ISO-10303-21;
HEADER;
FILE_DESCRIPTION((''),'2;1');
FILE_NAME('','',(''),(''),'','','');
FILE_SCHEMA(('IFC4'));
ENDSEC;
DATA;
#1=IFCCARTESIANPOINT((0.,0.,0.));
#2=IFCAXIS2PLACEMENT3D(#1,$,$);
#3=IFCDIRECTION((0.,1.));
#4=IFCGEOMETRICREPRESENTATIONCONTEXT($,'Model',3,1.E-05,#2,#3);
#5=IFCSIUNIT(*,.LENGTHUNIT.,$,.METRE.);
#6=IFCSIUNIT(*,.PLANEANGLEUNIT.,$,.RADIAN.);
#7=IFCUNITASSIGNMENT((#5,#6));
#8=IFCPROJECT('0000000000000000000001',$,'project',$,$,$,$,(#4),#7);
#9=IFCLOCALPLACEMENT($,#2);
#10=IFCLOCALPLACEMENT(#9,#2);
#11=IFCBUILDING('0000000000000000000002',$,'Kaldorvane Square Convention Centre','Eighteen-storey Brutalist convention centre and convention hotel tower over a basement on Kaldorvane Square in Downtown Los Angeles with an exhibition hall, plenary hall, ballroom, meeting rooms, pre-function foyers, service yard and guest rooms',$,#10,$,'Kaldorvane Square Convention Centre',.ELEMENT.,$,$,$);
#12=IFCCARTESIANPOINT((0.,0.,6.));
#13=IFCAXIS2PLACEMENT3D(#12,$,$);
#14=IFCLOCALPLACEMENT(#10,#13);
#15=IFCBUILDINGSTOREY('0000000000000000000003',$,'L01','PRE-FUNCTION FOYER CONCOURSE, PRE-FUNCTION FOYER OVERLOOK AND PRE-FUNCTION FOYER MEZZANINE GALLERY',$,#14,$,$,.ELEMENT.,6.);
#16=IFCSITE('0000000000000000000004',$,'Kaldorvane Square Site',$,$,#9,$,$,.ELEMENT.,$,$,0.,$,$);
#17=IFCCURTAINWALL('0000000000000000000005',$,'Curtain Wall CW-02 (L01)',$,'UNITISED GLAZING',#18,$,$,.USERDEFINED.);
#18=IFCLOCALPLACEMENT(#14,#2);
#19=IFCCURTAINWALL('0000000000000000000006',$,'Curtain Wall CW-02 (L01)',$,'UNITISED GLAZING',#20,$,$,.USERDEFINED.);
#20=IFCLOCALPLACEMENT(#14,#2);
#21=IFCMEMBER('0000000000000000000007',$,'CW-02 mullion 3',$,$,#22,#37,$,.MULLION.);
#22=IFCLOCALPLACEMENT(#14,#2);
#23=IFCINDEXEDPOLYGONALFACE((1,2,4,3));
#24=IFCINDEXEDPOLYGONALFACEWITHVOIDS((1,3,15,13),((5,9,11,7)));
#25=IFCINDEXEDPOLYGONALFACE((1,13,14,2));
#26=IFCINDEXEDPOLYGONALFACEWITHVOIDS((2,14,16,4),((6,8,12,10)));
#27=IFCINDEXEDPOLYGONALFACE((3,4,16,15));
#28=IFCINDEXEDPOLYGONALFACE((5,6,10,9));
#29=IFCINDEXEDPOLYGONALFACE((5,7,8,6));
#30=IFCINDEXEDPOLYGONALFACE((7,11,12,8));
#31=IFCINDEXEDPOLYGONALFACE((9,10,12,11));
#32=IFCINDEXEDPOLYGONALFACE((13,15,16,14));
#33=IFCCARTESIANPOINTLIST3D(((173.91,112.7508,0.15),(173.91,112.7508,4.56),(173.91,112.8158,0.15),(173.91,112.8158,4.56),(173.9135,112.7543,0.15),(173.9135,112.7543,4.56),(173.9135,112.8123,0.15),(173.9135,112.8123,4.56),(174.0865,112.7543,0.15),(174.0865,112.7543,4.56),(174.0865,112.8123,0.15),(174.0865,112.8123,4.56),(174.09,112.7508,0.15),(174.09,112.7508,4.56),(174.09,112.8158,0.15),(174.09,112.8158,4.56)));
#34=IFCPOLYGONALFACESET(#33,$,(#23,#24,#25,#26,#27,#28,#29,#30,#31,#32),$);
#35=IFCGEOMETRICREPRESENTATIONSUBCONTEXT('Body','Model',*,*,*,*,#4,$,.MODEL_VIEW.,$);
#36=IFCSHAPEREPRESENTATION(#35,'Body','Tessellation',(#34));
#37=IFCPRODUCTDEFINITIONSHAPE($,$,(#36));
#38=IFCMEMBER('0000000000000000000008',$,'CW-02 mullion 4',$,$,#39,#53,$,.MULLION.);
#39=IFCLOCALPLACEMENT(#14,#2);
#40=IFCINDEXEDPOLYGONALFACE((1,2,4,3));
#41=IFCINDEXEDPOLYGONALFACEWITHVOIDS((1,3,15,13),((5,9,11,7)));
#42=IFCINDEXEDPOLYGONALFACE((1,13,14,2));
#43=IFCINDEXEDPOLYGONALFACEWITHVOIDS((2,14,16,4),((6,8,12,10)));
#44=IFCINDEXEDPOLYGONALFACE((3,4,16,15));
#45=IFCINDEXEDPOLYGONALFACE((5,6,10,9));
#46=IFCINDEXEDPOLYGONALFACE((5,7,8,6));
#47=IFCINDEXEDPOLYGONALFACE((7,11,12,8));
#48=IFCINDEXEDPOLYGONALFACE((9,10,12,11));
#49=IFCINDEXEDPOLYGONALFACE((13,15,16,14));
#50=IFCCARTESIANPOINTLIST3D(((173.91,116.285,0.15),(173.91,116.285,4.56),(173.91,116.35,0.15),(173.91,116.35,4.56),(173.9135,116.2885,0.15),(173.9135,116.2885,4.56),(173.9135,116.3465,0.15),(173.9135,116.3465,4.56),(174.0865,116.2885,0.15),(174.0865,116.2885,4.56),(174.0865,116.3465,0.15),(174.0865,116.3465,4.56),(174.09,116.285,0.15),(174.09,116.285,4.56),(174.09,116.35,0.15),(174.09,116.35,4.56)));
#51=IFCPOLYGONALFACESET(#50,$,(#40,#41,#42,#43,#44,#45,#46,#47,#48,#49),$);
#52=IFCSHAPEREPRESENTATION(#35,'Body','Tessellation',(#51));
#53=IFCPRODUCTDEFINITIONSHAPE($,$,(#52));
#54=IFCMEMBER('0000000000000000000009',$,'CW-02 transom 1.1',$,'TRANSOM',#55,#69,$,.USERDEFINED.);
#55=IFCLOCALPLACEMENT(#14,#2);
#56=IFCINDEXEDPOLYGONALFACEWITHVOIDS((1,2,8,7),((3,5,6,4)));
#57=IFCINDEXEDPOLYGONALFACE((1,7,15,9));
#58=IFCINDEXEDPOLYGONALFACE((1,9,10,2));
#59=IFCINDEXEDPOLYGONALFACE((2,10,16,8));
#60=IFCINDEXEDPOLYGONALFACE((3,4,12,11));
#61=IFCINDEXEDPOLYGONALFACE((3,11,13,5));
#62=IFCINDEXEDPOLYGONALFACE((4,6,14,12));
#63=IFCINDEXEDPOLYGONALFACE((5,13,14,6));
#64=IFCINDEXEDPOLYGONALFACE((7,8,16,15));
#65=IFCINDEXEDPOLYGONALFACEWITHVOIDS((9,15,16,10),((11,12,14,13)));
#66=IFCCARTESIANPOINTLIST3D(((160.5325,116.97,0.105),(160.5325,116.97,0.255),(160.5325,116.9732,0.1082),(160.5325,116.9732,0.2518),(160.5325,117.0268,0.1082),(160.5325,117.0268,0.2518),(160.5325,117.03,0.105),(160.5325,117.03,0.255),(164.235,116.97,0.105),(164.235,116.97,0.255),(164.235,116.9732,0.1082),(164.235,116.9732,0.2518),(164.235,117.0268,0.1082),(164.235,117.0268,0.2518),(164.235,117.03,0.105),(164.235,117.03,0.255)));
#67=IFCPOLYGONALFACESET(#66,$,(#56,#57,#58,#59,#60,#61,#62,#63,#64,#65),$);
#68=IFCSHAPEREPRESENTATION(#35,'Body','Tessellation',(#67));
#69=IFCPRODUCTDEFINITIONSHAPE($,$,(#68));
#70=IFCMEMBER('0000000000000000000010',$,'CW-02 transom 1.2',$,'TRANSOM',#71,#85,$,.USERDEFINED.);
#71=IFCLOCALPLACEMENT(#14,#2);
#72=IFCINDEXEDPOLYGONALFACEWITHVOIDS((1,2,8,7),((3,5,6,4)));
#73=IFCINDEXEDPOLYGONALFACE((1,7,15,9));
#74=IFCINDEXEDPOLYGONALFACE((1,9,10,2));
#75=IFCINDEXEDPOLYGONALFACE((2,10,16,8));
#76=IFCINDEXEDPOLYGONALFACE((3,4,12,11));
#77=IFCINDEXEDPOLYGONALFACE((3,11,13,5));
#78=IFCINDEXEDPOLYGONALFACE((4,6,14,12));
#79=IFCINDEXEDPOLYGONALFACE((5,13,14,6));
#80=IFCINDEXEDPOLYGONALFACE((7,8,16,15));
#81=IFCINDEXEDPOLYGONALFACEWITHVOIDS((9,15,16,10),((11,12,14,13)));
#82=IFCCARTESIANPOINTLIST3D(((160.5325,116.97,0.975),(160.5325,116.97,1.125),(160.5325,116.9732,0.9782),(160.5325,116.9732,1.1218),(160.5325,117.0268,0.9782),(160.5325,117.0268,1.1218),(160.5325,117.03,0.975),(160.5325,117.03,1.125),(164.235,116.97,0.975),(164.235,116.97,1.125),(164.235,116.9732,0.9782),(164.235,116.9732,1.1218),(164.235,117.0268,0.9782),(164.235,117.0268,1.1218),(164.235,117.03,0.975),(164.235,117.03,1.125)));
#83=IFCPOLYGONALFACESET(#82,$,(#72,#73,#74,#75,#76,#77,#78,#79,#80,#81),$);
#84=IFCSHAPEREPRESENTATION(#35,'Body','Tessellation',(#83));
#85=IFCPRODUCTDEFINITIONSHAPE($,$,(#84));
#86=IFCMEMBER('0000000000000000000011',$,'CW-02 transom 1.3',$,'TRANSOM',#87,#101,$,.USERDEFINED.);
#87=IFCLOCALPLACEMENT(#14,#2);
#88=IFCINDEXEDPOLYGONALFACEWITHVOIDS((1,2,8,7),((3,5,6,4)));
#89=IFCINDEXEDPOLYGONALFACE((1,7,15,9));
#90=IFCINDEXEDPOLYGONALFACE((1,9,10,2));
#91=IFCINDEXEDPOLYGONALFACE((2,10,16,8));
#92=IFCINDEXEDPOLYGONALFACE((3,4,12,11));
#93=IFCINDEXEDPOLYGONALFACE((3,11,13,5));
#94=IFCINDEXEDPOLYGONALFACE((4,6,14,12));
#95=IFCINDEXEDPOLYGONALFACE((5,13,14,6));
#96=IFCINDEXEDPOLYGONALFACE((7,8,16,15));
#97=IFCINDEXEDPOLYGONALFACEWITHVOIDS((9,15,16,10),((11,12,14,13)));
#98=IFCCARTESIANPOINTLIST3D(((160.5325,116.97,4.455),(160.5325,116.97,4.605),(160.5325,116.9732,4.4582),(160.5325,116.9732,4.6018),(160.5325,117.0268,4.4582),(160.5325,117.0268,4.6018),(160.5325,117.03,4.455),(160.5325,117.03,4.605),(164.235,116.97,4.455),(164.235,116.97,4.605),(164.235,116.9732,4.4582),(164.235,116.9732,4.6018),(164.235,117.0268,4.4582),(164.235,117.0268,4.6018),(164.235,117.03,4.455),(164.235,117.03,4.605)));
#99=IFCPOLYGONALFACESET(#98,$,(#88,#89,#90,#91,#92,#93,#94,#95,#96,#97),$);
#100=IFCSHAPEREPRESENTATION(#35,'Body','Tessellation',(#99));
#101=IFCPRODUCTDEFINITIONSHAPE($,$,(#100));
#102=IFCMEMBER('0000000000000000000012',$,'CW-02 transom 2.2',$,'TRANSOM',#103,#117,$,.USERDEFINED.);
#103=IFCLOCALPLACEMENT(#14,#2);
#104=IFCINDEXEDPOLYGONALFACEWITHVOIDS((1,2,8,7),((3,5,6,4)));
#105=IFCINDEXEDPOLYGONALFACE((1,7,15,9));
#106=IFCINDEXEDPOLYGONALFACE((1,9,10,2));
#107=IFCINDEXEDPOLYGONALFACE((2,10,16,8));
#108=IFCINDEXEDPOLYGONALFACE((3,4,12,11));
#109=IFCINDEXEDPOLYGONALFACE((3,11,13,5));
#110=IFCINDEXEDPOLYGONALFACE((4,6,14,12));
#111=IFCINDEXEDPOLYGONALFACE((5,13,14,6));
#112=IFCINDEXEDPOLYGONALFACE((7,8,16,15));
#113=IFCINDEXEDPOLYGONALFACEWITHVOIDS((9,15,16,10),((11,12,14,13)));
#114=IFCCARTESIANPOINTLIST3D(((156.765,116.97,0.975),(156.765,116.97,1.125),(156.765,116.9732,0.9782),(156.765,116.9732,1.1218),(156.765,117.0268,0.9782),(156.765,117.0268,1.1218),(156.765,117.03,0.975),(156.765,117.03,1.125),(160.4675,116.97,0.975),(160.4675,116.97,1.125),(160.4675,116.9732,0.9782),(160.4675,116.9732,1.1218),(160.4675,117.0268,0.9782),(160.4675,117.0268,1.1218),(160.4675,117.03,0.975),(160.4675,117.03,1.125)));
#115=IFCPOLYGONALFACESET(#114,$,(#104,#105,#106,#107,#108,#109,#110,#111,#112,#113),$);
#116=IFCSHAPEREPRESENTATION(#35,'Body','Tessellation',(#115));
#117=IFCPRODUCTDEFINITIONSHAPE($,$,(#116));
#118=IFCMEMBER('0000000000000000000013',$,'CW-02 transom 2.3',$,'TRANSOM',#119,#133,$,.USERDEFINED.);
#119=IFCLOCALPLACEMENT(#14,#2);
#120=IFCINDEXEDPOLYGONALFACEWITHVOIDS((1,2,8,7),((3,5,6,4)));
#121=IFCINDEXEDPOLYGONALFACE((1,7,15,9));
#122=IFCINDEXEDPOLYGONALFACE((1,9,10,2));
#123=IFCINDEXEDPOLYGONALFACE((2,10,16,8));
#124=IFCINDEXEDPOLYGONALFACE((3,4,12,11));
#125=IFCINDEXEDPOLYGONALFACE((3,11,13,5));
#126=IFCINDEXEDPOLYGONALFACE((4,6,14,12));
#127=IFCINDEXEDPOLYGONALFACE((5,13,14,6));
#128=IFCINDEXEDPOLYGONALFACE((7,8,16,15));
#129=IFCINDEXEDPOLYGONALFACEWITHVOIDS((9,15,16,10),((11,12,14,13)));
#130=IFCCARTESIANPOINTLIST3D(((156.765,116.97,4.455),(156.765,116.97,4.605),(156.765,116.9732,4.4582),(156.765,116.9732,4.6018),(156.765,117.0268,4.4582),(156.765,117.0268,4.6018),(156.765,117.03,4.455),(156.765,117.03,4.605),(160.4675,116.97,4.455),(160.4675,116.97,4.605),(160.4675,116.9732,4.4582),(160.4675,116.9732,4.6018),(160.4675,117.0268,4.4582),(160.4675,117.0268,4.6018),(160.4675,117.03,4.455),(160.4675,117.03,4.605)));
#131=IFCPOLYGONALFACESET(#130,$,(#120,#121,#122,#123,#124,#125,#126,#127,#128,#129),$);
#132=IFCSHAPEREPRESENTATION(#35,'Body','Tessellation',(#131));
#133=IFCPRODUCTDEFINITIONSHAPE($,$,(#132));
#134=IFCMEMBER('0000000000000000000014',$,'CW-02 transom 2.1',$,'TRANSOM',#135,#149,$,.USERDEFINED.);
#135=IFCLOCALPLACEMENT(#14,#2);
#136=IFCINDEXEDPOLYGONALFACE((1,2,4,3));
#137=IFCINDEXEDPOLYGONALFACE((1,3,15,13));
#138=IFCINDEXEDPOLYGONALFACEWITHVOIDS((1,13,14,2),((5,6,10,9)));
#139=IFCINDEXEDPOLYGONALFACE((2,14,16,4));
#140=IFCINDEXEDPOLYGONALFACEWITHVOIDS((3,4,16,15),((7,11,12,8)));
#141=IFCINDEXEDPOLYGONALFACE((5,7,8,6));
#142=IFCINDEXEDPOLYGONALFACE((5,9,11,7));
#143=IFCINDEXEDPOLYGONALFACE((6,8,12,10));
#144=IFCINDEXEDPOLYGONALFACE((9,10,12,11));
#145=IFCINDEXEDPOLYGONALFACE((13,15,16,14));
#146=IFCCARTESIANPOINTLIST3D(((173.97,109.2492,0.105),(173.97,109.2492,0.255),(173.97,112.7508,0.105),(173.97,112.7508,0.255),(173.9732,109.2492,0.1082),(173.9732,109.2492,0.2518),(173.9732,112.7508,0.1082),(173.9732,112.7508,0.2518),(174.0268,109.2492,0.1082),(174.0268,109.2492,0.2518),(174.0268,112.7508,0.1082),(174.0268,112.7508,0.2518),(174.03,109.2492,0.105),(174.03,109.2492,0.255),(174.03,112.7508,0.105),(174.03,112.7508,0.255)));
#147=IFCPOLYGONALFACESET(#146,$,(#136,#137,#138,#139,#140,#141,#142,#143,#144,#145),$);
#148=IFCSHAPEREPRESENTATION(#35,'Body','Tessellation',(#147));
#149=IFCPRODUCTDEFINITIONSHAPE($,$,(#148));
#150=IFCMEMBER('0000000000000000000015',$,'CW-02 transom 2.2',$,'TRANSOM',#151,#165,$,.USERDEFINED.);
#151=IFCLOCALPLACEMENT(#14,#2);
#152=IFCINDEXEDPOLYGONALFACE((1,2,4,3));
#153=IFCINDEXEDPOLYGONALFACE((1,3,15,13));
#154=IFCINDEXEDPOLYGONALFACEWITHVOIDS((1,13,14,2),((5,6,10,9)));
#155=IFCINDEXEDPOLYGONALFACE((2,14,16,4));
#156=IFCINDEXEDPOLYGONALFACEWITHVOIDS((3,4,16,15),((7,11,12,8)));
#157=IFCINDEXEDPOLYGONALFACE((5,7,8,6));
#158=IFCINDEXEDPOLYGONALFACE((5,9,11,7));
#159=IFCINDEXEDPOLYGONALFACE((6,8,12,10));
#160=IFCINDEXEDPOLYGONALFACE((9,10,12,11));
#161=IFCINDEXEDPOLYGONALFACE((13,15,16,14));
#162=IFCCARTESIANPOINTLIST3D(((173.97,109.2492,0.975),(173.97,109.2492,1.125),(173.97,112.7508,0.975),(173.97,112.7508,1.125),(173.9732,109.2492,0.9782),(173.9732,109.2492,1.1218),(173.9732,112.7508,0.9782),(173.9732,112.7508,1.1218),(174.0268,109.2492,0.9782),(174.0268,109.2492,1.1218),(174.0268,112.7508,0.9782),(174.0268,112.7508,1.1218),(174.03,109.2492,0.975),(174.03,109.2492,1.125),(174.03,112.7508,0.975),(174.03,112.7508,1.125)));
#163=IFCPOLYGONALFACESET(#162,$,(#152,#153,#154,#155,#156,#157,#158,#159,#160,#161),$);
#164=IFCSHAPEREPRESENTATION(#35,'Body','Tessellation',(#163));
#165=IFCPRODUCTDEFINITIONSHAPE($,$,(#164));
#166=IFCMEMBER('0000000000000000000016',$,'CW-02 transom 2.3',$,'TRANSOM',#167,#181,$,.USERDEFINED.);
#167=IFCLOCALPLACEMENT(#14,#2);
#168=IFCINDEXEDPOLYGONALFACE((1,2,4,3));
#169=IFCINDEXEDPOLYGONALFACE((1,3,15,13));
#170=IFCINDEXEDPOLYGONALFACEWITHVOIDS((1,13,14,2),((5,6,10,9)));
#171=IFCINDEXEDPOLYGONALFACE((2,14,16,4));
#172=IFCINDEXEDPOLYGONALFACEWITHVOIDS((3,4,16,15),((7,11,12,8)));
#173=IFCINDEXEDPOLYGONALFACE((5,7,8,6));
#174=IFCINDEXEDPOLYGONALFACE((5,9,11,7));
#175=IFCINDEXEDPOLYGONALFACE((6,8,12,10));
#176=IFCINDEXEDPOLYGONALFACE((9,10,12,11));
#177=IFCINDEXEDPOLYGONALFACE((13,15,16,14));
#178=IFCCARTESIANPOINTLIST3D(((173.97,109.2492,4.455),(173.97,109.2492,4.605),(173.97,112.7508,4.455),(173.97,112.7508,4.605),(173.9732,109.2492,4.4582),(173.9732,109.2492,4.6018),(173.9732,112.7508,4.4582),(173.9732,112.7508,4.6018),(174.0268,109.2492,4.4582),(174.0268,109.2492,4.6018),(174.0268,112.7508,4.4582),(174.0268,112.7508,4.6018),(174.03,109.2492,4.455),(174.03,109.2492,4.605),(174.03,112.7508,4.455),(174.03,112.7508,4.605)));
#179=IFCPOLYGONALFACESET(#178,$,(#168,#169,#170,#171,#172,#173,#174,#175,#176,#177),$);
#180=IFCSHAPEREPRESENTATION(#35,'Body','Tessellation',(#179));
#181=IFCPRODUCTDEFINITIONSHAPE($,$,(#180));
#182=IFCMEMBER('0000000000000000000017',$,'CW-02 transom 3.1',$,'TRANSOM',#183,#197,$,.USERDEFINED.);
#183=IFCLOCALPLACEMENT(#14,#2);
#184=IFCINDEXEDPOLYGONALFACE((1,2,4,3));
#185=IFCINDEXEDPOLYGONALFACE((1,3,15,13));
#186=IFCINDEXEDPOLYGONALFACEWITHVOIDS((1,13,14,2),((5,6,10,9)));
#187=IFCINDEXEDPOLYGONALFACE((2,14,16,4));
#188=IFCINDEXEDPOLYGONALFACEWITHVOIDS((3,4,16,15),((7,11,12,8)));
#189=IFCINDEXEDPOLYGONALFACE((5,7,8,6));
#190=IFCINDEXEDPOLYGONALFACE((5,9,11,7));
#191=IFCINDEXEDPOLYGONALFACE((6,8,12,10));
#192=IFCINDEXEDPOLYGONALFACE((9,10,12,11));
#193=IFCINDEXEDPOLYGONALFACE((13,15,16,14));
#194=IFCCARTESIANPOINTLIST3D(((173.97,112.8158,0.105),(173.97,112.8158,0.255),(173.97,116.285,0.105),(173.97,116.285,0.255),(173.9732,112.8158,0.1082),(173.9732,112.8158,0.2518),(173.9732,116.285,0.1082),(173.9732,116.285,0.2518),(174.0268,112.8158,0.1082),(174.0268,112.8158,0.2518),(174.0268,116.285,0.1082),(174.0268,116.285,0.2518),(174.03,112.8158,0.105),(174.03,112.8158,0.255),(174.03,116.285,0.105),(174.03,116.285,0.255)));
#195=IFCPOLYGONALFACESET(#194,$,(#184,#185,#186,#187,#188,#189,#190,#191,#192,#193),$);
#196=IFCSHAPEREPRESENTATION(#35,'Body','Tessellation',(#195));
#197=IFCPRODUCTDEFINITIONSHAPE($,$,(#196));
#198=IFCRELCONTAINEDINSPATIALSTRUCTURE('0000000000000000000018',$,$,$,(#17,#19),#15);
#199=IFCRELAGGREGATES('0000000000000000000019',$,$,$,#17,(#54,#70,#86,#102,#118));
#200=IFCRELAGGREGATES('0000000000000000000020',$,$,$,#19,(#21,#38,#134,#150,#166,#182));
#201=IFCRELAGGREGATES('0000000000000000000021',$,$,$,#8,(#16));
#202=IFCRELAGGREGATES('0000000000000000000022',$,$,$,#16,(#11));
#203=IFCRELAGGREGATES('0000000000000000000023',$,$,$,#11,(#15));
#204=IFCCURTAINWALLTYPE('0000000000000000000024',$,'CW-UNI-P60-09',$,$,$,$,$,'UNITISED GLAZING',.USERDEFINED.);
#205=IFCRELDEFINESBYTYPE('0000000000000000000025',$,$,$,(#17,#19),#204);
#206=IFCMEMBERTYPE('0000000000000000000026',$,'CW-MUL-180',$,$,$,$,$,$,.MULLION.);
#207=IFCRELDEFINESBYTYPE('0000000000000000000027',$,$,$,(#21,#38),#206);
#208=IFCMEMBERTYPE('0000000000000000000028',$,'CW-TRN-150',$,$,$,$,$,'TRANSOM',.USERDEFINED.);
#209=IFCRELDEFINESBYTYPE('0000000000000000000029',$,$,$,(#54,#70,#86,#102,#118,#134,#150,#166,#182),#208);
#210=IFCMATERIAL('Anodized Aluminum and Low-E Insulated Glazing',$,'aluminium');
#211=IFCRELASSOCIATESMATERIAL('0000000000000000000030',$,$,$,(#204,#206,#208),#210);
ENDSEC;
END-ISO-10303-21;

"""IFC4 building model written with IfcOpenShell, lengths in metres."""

from ifc_helpers import new_model, si_unit, direction, frame, origin, origin_2d, place, context, subcontext, project, spatial, hollow_rectangle, extrude, material, material_profile, profile_set, type_object, element, aggregate, save


model = new_model("IFC4")

# Units and contexts
model_context = context("Model", 3, precision=1e-05, world=origin(), true_north=direction((0.0, 1.0)))
body_context = subcontext(model_context, "Body", "Model", "MODEL_VIEW")
ifc_project = project(units=[si_unit("LENGTHUNIT", "METRE"), si_unit("PLANEANGLEUNIT", "RADIAN")], contexts=[model_context])

# Site, building, storey
site_placement = place(None, origin())
site = spatial("IfcSite", under=ifc_project, at=site_placement, Name="Kaldorvane Square Site", CompositionType="ELEMENT", RefElevation=0.0)
building_placement = place(site_placement, origin())
building = spatial("IfcBuilding", under=site, at=building_placement, Name="Kaldorvane Square Convention Centre", Description="Eighteen-storey Brutalist convention centre and convention hotel tower over a basement on Kaldorvane Square in Downtown Los Angeles with an exhibition hall, plenary hall, ballroom, meeting rooms, pre-function foyers, service yard and guest rooms", LongName="Kaldorvane Square Convention Centre", CompositionType="ELEMENT")
storey_placement = place(building_placement, frame((0.0, 0.0, 6.0)))
storey = spatial("IfcBuildingStorey", under=building, at=storey_placement, Name="L01", Description="PRE-FUNCTION FOYER CONCOURSE, PRE-FUNCTION FOYER OVERLOOK AND PRE-FUNCTION FOYER MEZZANINE GALLERY", CompositionType="ELEMENT", Elevation=6.0)

# Curtain walls, members
ifc_material_1 = material(Name="Anodized Aluminum and Low-E Insulated Glazing", Category="aluminium")
curtain_wall_type = type_object("IfcCurtainWallType", Name="CW-UNI-P60-09", ElementType="UNITISED GLAZING", PredefinedType="USERDEFINED", material=ifc_material_1)
curtain_wall_1_placement = place(storey_placement, origin())
curtain_wall_1 = element("IfcCurtainWall", 1, at=curtain_wall_1_placement, inside=storey, type_object=curtain_wall_type, Name="Curtain Wall CW-02 (L01)", ObjectType="UNITISED GLAZING", PredefinedType="USERDEFINED")
ifc_material_profile_1 = material_profile(ifc_material_1, hollow_rectangle(XDim=0.065, YDim=0.18, WallThickness=0.0035, at=origin_2d()), Name="CWM-180X65")
ifc_profile_set_1 = profile_set([ifc_material_profile_1], Name="Anodized Aluminum and Low-E Insulated Glazing")
member_type_1 = type_object("IfcMemberType", Name="CW-MUL-180", PredefinedType="MULLION", material=ifc_profile_set_1)
curtain_wall_2_placement = place(storey_placement, origin())
curtain_wall_2 = element("IfcCurtainWall", 2, at=curtain_wall_2_placement, inside=storey, type_object=curtain_wall_type, Name="Curtain Wall CW-02 (L01)", ObjectType="UNITISED GLAZING", PredefinedType="USERDEFINED")
member_1_placement = place(storey_placement, frame((174.0, 112.7833, 0.15), z_axis=(0.0, 0.0, 1.0), x_axis=(0.0, 1.0, 0.0)))
member_1 = element("IfcMember", 3, at=member_1_placement, type_object=member_type_1, Name="CW-02 mullion 3", PredefinedType="MULLION", context=body_context, shape_type="SweptSolid", body=[
    extrude(hollow_rectangle(XDim=0.065, YDim=0.18, WallThickness=0.0035, at=origin_2d()), origin(), (0.0, 0.0, 1.0), 4.41),
])
member_2_placement = place(storey_placement, frame((174.0, 116.3175, 0.15), z_axis=(0.0, 0.0, 1.0), x_axis=(0.0, 1.0, 0.0)))
member_2 = element("IfcMember", 4, at=member_2_placement, type_object=member_type_1, Name="CW-02 mullion 4", PredefinedType="MULLION", context=body_context, shape_type="SweptSolid", body=[
    extrude(hollow_rectangle(XDim=0.065, YDim=0.18, WallThickness=0.0035, at=origin_2d()), origin(), (0.0, 0.0, 1.0), 4.41),
])

# Members
ifc_material_profile_2 = material_profile(ifc_material_1, hollow_rectangle(XDim=0.06, YDim=0.15, WallThickness=0.0032, at=origin_2d()), Name="CWT-150X60")
ifc_profile_set_2 = profile_set([ifc_material_profile_2], Name="Anodized Aluminum and Low-E Insulated Glazing")
member_type_2 = type_object("IfcMemberType", Name="CW-TRN-150", ElementType="TRANSOM", PredefinedType="USERDEFINED", material=ifc_profile_set_2)
member_3_placement = place(storey_placement, frame((164.235, 117.0, 0.18), z_axis=(-1.0, 0.0, 0.0), x_axis=(0.0, -1.0, 0.0)))
member_3 = element("IfcMember", 5, at=member_3_placement, type_object=member_type_2, Name="CW-02 transom 1.1", ObjectType="TRANSOM", PredefinedType="USERDEFINED", context=body_context, shape_type="SweptSolid", body=[
    extrude(hollow_rectangle(XDim=0.06, YDim=0.15, WallThickness=0.0032, at=origin_2d()), origin(), (0.0, 0.0, 1.0), 3.7025),
])
member_4_placement = place(storey_placement, frame((164.235, 117.0, 1.05), z_axis=(-1.0, 0.0, 0.0), x_axis=(0.0, -1.0, 0.0)))
member_4 = element("IfcMember", 6, at=member_4_placement, type_object=member_type_2, Name="CW-02 transom 1.2", ObjectType="TRANSOM", PredefinedType="USERDEFINED", context=body_context, shape_type="SweptSolid", body=[
    extrude(hollow_rectangle(XDim=0.06, YDim=0.15, WallThickness=0.0032, at=origin_2d()), origin(), (0.0, 0.0, 1.0), 3.7025),
])
member_5_placement = place(storey_placement, frame((164.235, 117.0, 4.53), z_axis=(-1.0, 0.0, 0.0), x_axis=(0.0, -1.0, 0.0)))
member_5 = element("IfcMember", 7, at=member_5_placement, type_object=member_type_2, Name="CW-02 transom 1.3", ObjectType="TRANSOM", PredefinedType="USERDEFINED", context=body_context, shape_type="SweptSolid", body=[
    extrude(hollow_rectangle(XDim=0.06, YDim=0.15, WallThickness=0.0032, at=origin_2d()), origin(), (0.0, 0.0, 1.0), 3.7025),
])
member_6_placement = place(storey_placement, frame((160.4675, 117.0, 1.05), z_axis=(-1.0, 0.0, 0.0), x_axis=(0.0, -1.0, 0.0)))
member_6 = element("IfcMember", 8, at=member_6_placement, type_object=member_type_2, Name="CW-02 transom 2.2", ObjectType="TRANSOM", PredefinedType="USERDEFINED", context=body_context, shape_type="SweptSolid", body=[
    extrude(hollow_rectangle(XDim=0.06, YDim=0.15, WallThickness=0.0032, at=origin_2d()), origin(), (0.0, 0.0, 1.0), 3.7025),
])
member_7_placement = place(storey_placement, frame((160.4675, 117.0, 4.53), z_axis=(-1.0, 0.0, 0.0), x_axis=(0.0, -1.0, 0.0)))
member_7 = element("IfcMember", 9, at=member_7_placement, type_object=member_type_2, Name="CW-02 transom 2.3", ObjectType="TRANSOM", PredefinedType="USERDEFINED", context=body_context, shape_type="SweptSolid", body=[
    extrude(hollow_rectangle(XDim=0.06, YDim=0.15, WallThickness=0.0032, at=origin_2d()), origin(), (0.0, 0.0, 1.0), 3.7025),
])
member_8_placement = place(storey_placement, frame((174.0, 109.2492, 0.18), z_axis=(0.0, 1.0, 0.0), x_axis=(-1.0, 0.0, 0.0)))
member_8 = element("IfcMember", 10, at=member_8_placement, type_object=member_type_2, Name="CW-02 transom 2.1", ObjectType="TRANSOM", PredefinedType="USERDEFINED", context=body_context, shape_type="SweptSolid", body=[
    extrude(hollow_rectangle(XDim=0.06, YDim=0.15, WallThickness=0.0032, at=origin_2d()), origin(), (0.0, 0.0, 1.0), 3.5017),
])
member_9_placement = place(storey_placement, frame((174.0, 109.2492, 1.05), z_axis=(0.0, 1.0, 0.0), x_axis=(-1.0, 0.0, 0.0)))
member_9 = element("IfcMember", 11, at=member_9_placement, type_object=member_type_2, Name="CW-02 transom 2.2", ObjectType="TRANSOM", PredefinedType="USERDEFINED", context=body_context, shape_type="SweptSolid", body=[
    extrude(hollow_rectangle(XDim=0.06, YDim=0.15, WallThickness=0.0032, at=origin_2d()), origin(), (0.0, 0.0, 1.0), 3.5017),
])
member_10_placement = place(storey_placement, frame((174.0, 109.2492, 4.53), z_axis=(0.0, 1.0, 0.0), x_axis=(-1.0, 0.0, 0.0)))
member_10 = element("IfcMember", 12, at=member_10_placement, type_object=member_type_2, Name="CW-02 transom 2.3", ObjectType="TRANSOM", PredefinedType="USERDEFINED", context=body_context, shape_type="SweptSolid", body=[
    extrude(hollow_rectangle(XDim=0.06, YDim=0.15, WallThickness=0.0032, at=origin_2d()), origin(), (0.0, 0.0, 1.0), 3.5017),
])
member_11_placement = place(storey_placement, frame((174.0, 112.8158, 0.18), z_axis=(0.0, 1.0, 0.0), x_axis=(-1.0, 0.0, 0.0)))
member_11 = element("IfcMember", 13, at=member_11_placement, type_object=member_type_2, Name="CW-02 transom 3.1", ObjectType="TRANSOM", PredefinedType="USERDEFINED", context=body_context, shape_type="SweptSolid", body=[
    extrude(hollow_rectangle(XDim=0.06, YDim=0.15, WallThickness=0.0032, at=origin_2d()), origin(), (0.0, 0.0, 1.0), 3.4692),
])

aggregate(curtain_wall_1, [member_3, member_4, member_5, member_6, member_7])
aggregate(curtain_wall_2, [member_1, member_2, member_8, member_9, member_10, member_11])

save(model, "model.ifc")
